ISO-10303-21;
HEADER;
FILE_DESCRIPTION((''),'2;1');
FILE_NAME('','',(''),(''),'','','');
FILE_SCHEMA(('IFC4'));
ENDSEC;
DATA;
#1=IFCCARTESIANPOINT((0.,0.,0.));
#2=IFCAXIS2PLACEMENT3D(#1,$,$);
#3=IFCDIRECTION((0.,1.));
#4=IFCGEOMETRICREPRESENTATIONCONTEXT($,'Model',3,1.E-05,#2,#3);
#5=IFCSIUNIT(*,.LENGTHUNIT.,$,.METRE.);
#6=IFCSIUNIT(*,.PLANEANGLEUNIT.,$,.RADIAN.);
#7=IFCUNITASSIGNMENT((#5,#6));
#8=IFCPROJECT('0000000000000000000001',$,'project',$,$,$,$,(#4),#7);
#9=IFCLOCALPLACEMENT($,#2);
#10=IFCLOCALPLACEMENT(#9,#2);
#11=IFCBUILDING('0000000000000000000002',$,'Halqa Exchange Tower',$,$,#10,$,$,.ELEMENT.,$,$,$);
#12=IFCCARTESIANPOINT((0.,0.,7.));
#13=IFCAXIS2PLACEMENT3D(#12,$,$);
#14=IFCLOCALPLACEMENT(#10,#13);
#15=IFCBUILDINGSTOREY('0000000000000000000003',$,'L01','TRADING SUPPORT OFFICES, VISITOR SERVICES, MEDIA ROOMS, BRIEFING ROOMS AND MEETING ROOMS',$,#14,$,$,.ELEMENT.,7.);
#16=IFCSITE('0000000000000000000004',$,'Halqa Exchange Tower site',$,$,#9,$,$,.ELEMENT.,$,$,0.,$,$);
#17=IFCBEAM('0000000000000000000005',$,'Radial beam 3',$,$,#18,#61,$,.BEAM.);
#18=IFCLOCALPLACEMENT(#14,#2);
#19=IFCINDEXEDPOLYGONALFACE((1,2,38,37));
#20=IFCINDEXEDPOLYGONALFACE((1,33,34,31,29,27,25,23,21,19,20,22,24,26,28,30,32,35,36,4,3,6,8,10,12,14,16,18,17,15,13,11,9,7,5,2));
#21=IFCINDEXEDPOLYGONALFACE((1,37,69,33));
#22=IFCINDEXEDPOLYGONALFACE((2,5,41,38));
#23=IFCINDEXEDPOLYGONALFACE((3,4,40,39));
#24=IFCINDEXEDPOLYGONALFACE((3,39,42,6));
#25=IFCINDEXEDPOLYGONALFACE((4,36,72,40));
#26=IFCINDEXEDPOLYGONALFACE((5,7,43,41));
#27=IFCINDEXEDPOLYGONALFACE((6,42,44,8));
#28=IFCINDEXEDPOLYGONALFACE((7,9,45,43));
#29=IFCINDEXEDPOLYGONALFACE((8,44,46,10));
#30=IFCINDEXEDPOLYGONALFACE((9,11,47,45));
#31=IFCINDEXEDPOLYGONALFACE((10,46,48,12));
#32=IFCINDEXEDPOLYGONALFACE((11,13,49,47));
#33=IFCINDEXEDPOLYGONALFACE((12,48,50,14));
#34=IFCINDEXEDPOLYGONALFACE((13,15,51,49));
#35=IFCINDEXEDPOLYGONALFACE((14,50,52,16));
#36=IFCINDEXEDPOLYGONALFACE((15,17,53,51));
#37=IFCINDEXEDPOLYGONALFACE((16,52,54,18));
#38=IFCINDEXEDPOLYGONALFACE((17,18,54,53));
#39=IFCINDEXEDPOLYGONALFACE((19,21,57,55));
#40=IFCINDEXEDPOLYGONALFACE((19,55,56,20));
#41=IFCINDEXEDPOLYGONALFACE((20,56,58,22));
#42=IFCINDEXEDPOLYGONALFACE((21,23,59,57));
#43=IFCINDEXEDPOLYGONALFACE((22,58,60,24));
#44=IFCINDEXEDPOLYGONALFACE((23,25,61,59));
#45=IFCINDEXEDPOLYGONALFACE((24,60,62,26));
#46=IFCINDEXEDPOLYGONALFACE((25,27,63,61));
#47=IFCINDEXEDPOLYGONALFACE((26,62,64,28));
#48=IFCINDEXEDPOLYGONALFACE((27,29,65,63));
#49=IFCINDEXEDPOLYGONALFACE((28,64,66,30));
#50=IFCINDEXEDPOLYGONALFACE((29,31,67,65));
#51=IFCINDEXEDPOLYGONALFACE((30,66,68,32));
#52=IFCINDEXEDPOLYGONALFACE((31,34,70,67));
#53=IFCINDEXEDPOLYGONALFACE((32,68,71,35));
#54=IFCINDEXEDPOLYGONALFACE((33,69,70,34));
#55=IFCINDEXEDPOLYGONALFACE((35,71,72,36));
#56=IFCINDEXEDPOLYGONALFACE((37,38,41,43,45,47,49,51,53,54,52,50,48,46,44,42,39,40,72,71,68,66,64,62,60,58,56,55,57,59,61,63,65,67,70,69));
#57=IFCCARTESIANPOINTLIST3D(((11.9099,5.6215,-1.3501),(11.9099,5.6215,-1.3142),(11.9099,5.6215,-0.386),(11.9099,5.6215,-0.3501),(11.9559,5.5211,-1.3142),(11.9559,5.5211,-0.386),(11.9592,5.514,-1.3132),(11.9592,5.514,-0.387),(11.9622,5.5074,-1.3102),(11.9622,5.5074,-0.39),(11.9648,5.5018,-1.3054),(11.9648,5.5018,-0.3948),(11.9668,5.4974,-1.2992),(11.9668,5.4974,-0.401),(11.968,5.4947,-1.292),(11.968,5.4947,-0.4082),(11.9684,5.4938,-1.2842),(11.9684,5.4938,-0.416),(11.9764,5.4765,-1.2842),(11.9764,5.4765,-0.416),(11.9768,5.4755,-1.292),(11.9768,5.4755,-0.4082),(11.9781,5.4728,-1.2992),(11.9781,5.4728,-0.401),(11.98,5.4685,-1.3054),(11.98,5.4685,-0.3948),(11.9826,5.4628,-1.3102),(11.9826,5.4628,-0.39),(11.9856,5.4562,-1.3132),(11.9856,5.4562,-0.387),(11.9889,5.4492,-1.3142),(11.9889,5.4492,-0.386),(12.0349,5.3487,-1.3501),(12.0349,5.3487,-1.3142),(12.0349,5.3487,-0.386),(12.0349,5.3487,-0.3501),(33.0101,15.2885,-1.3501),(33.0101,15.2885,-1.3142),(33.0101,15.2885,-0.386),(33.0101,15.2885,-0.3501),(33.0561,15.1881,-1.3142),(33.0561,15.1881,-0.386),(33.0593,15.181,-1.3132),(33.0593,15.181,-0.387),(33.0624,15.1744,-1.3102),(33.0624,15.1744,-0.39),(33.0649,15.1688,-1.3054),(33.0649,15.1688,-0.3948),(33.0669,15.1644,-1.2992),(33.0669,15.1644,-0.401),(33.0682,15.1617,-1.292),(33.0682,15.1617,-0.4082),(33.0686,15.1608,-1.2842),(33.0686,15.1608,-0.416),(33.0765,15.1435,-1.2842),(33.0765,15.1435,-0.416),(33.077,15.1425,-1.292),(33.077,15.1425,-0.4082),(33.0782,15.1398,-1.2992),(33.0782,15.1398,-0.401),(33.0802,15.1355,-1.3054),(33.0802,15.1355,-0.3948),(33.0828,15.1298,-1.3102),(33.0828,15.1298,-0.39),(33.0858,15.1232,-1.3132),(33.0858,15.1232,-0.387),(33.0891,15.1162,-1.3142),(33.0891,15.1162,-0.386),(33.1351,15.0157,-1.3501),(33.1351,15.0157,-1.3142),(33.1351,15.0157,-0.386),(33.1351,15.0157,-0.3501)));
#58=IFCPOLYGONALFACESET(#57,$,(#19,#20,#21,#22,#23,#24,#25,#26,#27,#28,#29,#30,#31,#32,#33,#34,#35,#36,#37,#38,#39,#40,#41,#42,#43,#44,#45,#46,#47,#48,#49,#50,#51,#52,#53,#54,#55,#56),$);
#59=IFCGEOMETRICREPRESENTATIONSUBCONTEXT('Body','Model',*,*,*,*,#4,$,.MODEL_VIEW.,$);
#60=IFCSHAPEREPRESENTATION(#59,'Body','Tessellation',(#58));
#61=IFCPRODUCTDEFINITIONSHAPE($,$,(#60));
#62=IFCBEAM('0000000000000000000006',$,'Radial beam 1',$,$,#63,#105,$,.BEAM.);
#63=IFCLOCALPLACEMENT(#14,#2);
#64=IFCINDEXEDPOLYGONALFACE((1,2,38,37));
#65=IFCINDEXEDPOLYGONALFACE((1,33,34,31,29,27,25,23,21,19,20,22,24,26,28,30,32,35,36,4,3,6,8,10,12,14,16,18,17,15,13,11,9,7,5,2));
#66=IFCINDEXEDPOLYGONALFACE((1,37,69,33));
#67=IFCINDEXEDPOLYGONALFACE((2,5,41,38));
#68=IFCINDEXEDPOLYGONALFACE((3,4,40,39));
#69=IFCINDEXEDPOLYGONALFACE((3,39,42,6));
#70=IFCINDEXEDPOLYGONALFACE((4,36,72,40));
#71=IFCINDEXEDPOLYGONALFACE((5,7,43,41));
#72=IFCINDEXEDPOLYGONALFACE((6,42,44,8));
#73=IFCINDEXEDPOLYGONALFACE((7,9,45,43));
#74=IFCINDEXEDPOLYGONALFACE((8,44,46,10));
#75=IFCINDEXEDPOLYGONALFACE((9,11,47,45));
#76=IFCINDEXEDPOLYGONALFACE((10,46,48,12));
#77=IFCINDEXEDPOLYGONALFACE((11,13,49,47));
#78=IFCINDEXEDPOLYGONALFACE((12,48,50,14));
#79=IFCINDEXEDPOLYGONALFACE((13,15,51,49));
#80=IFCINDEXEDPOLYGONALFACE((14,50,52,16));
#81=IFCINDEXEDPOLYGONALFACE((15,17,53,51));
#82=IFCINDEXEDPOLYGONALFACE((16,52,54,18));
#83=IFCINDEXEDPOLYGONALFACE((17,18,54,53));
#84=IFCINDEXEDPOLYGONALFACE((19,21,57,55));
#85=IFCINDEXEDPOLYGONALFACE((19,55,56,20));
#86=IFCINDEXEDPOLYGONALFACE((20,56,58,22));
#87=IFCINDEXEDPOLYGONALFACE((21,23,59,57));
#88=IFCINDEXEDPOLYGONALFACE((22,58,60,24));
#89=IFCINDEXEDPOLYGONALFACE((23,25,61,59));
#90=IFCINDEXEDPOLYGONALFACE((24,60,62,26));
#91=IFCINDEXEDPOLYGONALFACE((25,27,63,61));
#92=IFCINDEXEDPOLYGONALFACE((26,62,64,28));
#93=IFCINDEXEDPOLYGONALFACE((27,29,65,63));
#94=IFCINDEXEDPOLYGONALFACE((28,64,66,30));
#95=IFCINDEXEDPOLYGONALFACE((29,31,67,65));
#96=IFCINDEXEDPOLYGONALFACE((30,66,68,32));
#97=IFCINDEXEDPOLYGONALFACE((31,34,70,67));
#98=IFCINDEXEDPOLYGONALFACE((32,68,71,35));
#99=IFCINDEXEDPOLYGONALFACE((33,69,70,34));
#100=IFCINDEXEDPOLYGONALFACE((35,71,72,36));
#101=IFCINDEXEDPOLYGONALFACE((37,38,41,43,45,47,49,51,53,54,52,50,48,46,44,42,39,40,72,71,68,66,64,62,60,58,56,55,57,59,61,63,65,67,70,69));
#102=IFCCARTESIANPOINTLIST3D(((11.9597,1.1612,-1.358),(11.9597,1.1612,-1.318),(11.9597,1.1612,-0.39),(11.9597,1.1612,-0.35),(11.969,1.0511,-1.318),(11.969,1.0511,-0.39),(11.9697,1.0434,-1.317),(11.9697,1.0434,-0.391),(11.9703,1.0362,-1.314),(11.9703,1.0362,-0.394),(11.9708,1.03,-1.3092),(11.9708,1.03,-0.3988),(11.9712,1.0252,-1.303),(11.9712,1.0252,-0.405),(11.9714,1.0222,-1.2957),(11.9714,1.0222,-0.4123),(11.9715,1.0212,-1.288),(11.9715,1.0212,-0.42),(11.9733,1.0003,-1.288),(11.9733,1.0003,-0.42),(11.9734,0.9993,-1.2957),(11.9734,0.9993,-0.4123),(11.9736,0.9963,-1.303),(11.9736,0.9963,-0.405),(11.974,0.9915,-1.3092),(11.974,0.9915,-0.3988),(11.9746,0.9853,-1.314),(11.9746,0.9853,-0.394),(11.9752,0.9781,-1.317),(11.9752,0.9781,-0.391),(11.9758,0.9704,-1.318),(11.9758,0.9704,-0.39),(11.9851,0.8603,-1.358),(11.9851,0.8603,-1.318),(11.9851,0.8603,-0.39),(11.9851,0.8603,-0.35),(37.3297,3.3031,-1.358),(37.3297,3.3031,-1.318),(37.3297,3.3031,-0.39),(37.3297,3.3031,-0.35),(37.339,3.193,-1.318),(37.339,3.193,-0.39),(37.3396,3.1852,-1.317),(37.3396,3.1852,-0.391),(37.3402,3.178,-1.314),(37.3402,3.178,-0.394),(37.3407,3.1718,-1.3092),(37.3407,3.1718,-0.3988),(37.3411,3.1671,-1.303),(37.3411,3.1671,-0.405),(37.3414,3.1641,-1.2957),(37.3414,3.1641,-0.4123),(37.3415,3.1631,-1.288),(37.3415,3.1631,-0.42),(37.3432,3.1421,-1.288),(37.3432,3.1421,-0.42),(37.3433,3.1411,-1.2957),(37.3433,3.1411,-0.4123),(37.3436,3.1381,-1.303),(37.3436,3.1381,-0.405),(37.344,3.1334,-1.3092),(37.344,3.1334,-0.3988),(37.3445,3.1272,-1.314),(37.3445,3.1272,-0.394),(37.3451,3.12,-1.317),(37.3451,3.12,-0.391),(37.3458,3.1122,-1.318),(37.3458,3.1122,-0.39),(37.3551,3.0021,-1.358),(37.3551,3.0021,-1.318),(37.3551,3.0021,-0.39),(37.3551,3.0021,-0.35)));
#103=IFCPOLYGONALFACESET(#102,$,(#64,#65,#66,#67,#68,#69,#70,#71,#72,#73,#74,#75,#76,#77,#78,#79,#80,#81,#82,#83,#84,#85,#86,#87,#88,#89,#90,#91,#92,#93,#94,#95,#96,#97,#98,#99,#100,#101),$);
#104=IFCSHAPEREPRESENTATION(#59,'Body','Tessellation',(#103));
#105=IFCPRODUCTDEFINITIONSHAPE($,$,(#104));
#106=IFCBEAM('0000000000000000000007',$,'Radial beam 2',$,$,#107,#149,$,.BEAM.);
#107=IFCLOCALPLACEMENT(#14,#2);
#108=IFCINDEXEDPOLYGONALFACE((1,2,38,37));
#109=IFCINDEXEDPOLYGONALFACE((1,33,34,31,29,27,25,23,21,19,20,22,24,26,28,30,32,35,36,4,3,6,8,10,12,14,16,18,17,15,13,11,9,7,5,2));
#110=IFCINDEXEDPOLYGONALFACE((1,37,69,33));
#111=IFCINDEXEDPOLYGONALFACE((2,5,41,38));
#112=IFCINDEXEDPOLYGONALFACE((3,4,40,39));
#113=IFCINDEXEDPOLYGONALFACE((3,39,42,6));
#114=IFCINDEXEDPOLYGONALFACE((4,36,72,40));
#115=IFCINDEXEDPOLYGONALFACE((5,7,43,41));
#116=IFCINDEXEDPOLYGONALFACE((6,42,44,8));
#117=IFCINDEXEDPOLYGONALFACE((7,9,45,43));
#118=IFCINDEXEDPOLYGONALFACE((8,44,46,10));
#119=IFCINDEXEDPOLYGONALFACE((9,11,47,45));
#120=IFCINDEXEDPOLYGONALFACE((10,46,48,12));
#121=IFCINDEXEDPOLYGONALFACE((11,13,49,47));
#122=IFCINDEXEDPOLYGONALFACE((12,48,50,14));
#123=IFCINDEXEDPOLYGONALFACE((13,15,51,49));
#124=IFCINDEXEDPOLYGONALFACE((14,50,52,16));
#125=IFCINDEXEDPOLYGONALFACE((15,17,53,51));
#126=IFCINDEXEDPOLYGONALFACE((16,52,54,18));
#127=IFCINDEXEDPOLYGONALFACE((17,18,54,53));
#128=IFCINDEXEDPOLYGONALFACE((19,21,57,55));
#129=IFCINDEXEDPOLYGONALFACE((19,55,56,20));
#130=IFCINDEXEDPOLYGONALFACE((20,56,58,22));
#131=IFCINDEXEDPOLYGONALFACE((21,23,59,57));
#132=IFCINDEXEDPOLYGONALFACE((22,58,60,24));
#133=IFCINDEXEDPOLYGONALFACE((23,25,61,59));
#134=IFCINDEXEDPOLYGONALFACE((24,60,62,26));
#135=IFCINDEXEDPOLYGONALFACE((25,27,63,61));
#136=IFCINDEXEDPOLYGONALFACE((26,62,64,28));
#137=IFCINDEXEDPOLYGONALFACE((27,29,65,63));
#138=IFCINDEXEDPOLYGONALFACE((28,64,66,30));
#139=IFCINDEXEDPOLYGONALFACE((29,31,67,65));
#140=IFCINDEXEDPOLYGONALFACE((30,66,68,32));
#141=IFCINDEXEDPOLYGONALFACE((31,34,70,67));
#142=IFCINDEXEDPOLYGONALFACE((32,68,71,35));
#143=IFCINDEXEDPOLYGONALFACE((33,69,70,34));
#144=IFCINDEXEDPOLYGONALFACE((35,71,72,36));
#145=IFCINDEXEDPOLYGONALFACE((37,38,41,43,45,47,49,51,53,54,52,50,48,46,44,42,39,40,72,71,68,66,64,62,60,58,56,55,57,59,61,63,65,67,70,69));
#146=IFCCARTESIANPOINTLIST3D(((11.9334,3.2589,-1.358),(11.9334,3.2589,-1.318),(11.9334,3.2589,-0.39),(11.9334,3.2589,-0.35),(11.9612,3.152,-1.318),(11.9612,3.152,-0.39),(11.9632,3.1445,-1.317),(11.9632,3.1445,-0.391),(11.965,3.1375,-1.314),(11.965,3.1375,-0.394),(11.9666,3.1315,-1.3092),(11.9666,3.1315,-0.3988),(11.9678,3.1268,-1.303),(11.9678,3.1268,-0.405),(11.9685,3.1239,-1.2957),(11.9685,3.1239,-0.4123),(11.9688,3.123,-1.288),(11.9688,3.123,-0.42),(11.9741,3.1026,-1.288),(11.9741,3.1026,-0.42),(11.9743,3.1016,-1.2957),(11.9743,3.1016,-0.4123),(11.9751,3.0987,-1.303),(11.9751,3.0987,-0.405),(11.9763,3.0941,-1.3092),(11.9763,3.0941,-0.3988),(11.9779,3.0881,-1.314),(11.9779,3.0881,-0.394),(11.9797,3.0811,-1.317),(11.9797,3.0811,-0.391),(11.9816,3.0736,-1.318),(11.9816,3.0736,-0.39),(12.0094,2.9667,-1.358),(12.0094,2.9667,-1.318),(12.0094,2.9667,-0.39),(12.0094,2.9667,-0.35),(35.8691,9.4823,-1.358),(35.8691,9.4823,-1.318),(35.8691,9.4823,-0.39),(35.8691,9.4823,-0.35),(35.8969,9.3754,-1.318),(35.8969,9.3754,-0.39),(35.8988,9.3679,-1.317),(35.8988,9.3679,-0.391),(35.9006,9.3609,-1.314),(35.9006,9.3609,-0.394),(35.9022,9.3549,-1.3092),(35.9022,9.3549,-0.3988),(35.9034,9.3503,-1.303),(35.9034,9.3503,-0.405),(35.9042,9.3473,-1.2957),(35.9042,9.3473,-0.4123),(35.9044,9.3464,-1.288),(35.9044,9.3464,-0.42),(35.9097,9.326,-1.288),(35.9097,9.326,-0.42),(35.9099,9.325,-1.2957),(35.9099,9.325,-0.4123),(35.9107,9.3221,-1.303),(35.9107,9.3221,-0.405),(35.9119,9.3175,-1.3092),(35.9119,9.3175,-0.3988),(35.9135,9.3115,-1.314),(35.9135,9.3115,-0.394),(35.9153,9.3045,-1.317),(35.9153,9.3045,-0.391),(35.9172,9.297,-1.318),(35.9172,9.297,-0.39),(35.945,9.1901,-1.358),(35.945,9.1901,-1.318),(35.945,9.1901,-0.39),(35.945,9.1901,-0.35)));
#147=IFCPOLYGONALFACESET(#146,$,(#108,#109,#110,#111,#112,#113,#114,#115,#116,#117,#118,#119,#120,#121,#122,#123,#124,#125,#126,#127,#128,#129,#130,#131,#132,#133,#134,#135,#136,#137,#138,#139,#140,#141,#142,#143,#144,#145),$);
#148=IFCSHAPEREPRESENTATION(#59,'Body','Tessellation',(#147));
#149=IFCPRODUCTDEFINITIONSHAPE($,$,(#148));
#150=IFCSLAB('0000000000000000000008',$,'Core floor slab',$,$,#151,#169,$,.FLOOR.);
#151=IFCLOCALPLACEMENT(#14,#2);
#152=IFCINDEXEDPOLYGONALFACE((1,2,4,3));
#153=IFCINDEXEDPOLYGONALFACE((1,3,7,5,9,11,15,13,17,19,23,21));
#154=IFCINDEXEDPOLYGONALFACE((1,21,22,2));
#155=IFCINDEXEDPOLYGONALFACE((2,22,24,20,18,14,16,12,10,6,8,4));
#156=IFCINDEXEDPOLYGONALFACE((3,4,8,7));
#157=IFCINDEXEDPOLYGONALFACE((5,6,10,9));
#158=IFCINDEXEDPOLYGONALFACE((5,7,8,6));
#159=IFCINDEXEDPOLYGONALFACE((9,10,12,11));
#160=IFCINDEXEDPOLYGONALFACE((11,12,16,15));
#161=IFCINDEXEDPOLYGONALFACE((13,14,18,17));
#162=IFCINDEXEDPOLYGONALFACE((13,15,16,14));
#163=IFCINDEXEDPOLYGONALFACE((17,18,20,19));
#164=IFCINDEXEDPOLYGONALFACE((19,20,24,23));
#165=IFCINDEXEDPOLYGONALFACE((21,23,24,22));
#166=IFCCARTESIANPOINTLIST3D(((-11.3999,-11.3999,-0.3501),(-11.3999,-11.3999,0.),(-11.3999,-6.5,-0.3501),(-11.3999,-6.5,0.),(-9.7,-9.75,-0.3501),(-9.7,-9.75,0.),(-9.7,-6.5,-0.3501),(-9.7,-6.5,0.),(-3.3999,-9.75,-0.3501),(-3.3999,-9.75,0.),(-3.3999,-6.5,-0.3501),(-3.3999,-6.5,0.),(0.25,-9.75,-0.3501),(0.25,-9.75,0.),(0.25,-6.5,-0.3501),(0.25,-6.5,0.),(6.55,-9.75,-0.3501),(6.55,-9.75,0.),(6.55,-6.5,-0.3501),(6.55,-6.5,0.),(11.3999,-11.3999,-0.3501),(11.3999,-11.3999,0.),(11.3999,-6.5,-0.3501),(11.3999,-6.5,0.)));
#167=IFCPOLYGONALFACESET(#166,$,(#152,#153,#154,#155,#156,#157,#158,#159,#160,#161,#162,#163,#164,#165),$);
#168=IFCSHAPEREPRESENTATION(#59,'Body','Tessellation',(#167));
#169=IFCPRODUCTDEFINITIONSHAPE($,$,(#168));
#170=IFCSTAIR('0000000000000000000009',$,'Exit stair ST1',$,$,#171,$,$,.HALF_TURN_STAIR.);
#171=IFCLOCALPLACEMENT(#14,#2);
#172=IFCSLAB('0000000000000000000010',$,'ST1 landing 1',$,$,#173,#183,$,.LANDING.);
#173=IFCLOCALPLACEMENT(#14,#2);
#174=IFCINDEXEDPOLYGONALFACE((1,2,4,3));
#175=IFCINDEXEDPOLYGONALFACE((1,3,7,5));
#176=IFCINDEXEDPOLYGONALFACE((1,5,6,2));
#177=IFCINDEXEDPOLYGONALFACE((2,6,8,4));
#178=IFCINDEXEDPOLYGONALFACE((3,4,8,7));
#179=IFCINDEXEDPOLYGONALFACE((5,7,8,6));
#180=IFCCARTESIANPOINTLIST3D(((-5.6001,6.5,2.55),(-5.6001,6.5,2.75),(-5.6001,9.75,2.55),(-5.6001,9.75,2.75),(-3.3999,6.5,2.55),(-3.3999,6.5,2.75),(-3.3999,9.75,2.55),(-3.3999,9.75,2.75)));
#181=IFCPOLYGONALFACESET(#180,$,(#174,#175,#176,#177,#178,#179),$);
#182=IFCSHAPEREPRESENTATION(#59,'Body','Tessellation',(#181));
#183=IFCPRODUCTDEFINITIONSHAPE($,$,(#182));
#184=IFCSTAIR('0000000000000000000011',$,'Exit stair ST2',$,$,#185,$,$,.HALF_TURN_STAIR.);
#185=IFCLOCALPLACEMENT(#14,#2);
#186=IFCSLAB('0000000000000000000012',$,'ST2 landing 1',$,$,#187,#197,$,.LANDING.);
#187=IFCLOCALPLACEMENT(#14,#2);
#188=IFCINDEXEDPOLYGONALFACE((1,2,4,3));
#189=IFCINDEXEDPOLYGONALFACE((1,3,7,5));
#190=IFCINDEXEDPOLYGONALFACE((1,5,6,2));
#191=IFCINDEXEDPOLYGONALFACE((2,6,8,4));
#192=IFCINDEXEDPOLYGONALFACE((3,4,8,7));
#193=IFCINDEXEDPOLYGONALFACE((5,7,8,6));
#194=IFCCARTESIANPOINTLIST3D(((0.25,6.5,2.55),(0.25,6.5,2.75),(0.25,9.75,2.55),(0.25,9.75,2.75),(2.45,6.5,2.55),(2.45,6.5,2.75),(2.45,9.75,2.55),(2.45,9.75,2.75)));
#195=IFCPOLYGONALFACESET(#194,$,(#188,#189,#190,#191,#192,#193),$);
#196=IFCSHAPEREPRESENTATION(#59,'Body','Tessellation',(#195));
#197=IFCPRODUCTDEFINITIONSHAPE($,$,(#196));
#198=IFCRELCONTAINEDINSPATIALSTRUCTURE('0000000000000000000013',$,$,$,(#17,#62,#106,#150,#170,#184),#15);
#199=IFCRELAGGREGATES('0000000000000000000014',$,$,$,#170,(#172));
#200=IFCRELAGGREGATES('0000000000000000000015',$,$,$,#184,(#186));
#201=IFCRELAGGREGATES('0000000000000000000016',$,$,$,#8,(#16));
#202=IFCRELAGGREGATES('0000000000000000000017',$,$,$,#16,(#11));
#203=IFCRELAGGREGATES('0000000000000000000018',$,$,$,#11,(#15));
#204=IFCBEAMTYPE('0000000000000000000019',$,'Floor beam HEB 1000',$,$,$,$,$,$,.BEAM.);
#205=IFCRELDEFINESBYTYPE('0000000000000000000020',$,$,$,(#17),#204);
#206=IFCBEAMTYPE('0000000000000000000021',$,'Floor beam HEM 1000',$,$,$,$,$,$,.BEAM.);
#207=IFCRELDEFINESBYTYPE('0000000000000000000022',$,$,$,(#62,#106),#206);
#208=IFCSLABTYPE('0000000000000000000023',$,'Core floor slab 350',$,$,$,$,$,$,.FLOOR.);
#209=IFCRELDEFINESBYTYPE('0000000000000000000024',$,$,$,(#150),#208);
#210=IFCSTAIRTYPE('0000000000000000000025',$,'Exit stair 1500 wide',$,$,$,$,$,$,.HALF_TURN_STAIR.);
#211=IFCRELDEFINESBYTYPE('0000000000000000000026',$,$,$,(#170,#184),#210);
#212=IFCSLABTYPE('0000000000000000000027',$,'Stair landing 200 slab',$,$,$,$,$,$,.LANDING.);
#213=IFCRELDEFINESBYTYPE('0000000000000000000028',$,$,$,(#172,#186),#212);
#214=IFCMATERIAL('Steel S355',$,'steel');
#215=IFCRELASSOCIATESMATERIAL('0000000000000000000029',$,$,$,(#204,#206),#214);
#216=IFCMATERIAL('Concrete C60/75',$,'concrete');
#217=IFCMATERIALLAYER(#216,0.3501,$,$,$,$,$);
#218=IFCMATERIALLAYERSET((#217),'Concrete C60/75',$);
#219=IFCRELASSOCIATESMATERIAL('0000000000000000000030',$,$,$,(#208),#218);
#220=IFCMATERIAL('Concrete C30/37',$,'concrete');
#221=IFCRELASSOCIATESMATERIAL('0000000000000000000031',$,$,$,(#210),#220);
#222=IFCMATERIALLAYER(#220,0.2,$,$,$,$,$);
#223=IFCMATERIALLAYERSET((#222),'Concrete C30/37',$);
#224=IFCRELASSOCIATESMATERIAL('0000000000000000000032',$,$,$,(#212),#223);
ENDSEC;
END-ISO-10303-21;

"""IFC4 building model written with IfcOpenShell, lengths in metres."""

from ifc_helpers import new_model, si_unit, direction, frame, origin, origin_2d, place, context, subcontext, project, spatial, polyline, i_section, outline, extrude, material, layer, layer_set, material_profile, profile_set, type_object, element, aggregate, save


model = new_model("IFC4")

# Units and contexts
model_context = context("Model", 3, precision=1e-05, world=origin(), true_north=direction((0.0, 1.0)))
body_context = subcontext(model_context, "Body", "Model", "MODEL_VIEW")
ifc_project = project(units=[si_unit("LENGTHUNIT", "METRE"), si_unit("PLANEANGLEUNIT", "RADIAN")], contexts=[model_context])

# Site, building, storey
site_placement = place(None, origin())
site = spatial("IfcSite", under=ifc_project, at=site_placement, Name="Halqa Exchange Tower site", CompositionType="ELEMENT", RefElevation=0.0)
building_placement = place(site_placement, origin())
building = spatial("IfcBuilding", under=site, at=building_placement, Name="Halqa Exchange Tower", CompositionType="ELEMENT")
storey_placement = place(building_placement, frame((0.0, 0.0, 7.0)))
storey = spatial("IfcBuildingStorey", under=building, at=storey_placement, Name="L01", Description="TRADING SUPPORT OFFICES, VISITOR SERVICES, MEDIA ROOMS, BRIEFING ROOMS AND MEETING ROOMS", CompositionType="ELEMENT", Elevation=7.0)

# Beams
ifc_material_1 = material(Name="Steel S355", Category="steel")
ifc_material_profile_1 = material_profile(ifc_material_1, i_section(OverallWidth=0.3, OverallDepth=1.0, WebThickness=0.019, FlangeThickness=0.0359, FilletRadius=0.03, at=origin_2d()), Name="HEB 1000")
ifc_profile_set_1 = profile_set([ifc_material_profile_1], Name="Steel S355")
beam_type_1 = type_object("IfcBeamType", Name="Floor beam HEB 1000", PredefinedType="BEAM", material=ifc_profile_set_1)
beam_1_placement = place(storey_placement, frame((11.9724, 5.4851, -0.8501), z_axis=(0.909128, 0.416516, 0.0), x_axis=(-0.416516, 0.909128, 0.0)))
element("IfcBeam", 1, at=beam_1_placement, inside=storey, type_object=beam_type_1, Name="Radial beam 3", PredefinedType="BEAM", context=body_context, shape_type="SweptSolid", body=[
    extrude(i_section(OverallWidth=0.3, OverallDepth=1.0, WebThickness=0.019, FlangeThickness=0.0359, FilletRadius=0.03, at=origin_2d()), origin(), (0.0, 0.0, 1.0), 23.2092),
])
ifc_material_profile_2 = material_profile(ifc_material_1, i_section(OverallWidth=0.302, OverallDepth=1.0081, WebThickness=0.021, FlangeThickness=0.04, FilletRadius=0.03, at=origin_2d()), Name="HEM 1000")
ifc_profile_set_2 = profile_set([ifc_material_profile_2], Name="Steel S355")
beam_type_2 = type_object("IfcBeamType", Name="Floor beam HEM 1000", PredefinedType="BEAM", material=ifc_profile_set_2)
beam_2_placement = place(storey_placement, frame((11.9724, 1.0107, -0.854), z_axis=(0.996455, 0.084125, 0.0), x_axis=(-0.084125, 0.996455, 0.0)))
element("IfcBeam", 2, at=beam_2_placement, inside=storey, type_object=beam_type_2, Name="Radial beam 1", PredefinedType="BEAM", context=body_context, shape_type="SweptSolid", body=[
    extrude(i_section(OverallWidth=0.302, OverallDepth=1.0081, WebThickness=0.021, FlangeThickness=0.04, FilletRadius=0.03, at=origin_2d()), origin(), (0.0, 0.0, 1.0), 25.4602),
])
beam_3_placement = place(storey_placement, frame((11.9714, 3.1128, -0.854), z_axis=(0.967821, 0.251639, 0.0), x_axis=(-0.251639, 0.967821, 0.0)))
element("IfcBeam", 3, at=beam_3_placement, inside=storey, type_object=beam_type_2, Name="Radial beam 2", PredefinedType="BEAM", context=body_context, shape_type="SweptSolid", body=[
    extrude(i_section(OverallWidth=0.302, OverallDepth=1.0081, WebThickness=0.021, FlangeThickness=0.04, FilletRadius=0.03, at=origin_2d()), origin(), (0.0, 0.0, 1.0), 24.7314),
])

# Slab
ifc_material_2 = material(Name="Concrete C60/75", Category="concrete")
ifc_layer_1 = layer(ifc_material_2, 0.3501)
ifc_layer_set_1 = layer_set([ifc_layer_1], Name="Concrete C60/75")
slab_type_1 = type_object("IfcSlabType", Name="Core floor slab 350", PredefinedType="FLOOR", material=ifc_layer_set_1)
slab_1_placement = place(storey_placement, frame((0.0, 0.0, -0.3501)))
element("IfcSlab", 4, at=slab_1_placement, inside=storey, type_object=slab_type_1, Name="Core floor slab", PredefinedType="FLOOR", context=body_context, shape_type="SweptSolid", body=[
    extrude(outline(polyline([(-9.7, -9.75), (-3.3999, -9.75), (-3.3999, -6.5), (0.25, -6.5), (0.25, -9.75), (6.55, -9.75), (6.55, -6.5), (11.3999, -6.5), (11.3999, -11.3999), (-11.3999, -11.3999), (-11.3999, -6.5), (-9.7, -6.5), (-9.7, -9.75)])), origin(), (0.0, 0.0, 1.0), 0.3501),
])

# Stairs, slabs
ifc_material_3 = material(Name="Concrete C30/37", Category="concrete")
stair_type_1 = type_object("IfcStairType", Name="Exit stair 1500 wide", PredefinedType="HALF_TURN_STAIR", material=ifc_material_3)
stair_1_placement = place(storey_placement, origin())
stair_1 = element("IfcStair", 5, at=stair_1_placement, inside=storey, type_object=stair_type_1, Name="Exit stair ST1", PredefinedType="HALF_TURN_STAIR")
ifc_layer_2 = layer(ifc_material_3, 0.2)
ifc_layer_set_2 = layer_set([ifc_layer_2], Name="Concrete C30/37")
slab_type_2 = type_object("IfcSlabType", Name="Stair landing 200 slab", PredefinedType="LANDING", material=ifc_layer_set_2)
slab_2_placement = place(storey_placement, frame((0.0, 0.0, 2.55)))
slab_2 = element("IfcSlab", 6, at=slab_2_placement, type_object=slab_type_2, Name="ST1 landing 1", PredefinedType="LANDING", context=body_context, shape_type="SweptSolid", body=[
    extrude(outline(polyline([(-5.6001, 6.5), (-3.3999, 6.5), (-3.3999, 9.75), (-5.6001, 9.75), (-5.6001, 6.5)])), origin(), (0.0, 0.0, 1.0), 0.2),
])
aggregate(stair_1, [slab_2])
stair_2_placement = place(storey_placement, origin())
stair_2 = element("IfcStair", 7, at=stair_2_placement, inside=storey, type_object=stair_type_1, Name="Exit stair ST2", PredefinedType="HALF_TURN_STAIR")
slab_3_placement = place(storey_placement, frame((0.0, 0.0, 2.55)))
slab_3 = element("IfcSlab", 8, at=slab_3_placement, type_object=slab_type_2, Name="ST2 landing 1", PredefinedType="LANDING", context=body_context, shape_type="SweptSolid", body=[
    extrude(outline(polyline([(0.25, 6.5), (2.45, 6.5), (2.45, 9.75), (0.25, 9.75), (0.25, 6.5)])), origin(), (0.0, 0.0, 1.0), 0.2),
])

aggregate(stair_2, [slab_3])

save(model, "model.ifc")
